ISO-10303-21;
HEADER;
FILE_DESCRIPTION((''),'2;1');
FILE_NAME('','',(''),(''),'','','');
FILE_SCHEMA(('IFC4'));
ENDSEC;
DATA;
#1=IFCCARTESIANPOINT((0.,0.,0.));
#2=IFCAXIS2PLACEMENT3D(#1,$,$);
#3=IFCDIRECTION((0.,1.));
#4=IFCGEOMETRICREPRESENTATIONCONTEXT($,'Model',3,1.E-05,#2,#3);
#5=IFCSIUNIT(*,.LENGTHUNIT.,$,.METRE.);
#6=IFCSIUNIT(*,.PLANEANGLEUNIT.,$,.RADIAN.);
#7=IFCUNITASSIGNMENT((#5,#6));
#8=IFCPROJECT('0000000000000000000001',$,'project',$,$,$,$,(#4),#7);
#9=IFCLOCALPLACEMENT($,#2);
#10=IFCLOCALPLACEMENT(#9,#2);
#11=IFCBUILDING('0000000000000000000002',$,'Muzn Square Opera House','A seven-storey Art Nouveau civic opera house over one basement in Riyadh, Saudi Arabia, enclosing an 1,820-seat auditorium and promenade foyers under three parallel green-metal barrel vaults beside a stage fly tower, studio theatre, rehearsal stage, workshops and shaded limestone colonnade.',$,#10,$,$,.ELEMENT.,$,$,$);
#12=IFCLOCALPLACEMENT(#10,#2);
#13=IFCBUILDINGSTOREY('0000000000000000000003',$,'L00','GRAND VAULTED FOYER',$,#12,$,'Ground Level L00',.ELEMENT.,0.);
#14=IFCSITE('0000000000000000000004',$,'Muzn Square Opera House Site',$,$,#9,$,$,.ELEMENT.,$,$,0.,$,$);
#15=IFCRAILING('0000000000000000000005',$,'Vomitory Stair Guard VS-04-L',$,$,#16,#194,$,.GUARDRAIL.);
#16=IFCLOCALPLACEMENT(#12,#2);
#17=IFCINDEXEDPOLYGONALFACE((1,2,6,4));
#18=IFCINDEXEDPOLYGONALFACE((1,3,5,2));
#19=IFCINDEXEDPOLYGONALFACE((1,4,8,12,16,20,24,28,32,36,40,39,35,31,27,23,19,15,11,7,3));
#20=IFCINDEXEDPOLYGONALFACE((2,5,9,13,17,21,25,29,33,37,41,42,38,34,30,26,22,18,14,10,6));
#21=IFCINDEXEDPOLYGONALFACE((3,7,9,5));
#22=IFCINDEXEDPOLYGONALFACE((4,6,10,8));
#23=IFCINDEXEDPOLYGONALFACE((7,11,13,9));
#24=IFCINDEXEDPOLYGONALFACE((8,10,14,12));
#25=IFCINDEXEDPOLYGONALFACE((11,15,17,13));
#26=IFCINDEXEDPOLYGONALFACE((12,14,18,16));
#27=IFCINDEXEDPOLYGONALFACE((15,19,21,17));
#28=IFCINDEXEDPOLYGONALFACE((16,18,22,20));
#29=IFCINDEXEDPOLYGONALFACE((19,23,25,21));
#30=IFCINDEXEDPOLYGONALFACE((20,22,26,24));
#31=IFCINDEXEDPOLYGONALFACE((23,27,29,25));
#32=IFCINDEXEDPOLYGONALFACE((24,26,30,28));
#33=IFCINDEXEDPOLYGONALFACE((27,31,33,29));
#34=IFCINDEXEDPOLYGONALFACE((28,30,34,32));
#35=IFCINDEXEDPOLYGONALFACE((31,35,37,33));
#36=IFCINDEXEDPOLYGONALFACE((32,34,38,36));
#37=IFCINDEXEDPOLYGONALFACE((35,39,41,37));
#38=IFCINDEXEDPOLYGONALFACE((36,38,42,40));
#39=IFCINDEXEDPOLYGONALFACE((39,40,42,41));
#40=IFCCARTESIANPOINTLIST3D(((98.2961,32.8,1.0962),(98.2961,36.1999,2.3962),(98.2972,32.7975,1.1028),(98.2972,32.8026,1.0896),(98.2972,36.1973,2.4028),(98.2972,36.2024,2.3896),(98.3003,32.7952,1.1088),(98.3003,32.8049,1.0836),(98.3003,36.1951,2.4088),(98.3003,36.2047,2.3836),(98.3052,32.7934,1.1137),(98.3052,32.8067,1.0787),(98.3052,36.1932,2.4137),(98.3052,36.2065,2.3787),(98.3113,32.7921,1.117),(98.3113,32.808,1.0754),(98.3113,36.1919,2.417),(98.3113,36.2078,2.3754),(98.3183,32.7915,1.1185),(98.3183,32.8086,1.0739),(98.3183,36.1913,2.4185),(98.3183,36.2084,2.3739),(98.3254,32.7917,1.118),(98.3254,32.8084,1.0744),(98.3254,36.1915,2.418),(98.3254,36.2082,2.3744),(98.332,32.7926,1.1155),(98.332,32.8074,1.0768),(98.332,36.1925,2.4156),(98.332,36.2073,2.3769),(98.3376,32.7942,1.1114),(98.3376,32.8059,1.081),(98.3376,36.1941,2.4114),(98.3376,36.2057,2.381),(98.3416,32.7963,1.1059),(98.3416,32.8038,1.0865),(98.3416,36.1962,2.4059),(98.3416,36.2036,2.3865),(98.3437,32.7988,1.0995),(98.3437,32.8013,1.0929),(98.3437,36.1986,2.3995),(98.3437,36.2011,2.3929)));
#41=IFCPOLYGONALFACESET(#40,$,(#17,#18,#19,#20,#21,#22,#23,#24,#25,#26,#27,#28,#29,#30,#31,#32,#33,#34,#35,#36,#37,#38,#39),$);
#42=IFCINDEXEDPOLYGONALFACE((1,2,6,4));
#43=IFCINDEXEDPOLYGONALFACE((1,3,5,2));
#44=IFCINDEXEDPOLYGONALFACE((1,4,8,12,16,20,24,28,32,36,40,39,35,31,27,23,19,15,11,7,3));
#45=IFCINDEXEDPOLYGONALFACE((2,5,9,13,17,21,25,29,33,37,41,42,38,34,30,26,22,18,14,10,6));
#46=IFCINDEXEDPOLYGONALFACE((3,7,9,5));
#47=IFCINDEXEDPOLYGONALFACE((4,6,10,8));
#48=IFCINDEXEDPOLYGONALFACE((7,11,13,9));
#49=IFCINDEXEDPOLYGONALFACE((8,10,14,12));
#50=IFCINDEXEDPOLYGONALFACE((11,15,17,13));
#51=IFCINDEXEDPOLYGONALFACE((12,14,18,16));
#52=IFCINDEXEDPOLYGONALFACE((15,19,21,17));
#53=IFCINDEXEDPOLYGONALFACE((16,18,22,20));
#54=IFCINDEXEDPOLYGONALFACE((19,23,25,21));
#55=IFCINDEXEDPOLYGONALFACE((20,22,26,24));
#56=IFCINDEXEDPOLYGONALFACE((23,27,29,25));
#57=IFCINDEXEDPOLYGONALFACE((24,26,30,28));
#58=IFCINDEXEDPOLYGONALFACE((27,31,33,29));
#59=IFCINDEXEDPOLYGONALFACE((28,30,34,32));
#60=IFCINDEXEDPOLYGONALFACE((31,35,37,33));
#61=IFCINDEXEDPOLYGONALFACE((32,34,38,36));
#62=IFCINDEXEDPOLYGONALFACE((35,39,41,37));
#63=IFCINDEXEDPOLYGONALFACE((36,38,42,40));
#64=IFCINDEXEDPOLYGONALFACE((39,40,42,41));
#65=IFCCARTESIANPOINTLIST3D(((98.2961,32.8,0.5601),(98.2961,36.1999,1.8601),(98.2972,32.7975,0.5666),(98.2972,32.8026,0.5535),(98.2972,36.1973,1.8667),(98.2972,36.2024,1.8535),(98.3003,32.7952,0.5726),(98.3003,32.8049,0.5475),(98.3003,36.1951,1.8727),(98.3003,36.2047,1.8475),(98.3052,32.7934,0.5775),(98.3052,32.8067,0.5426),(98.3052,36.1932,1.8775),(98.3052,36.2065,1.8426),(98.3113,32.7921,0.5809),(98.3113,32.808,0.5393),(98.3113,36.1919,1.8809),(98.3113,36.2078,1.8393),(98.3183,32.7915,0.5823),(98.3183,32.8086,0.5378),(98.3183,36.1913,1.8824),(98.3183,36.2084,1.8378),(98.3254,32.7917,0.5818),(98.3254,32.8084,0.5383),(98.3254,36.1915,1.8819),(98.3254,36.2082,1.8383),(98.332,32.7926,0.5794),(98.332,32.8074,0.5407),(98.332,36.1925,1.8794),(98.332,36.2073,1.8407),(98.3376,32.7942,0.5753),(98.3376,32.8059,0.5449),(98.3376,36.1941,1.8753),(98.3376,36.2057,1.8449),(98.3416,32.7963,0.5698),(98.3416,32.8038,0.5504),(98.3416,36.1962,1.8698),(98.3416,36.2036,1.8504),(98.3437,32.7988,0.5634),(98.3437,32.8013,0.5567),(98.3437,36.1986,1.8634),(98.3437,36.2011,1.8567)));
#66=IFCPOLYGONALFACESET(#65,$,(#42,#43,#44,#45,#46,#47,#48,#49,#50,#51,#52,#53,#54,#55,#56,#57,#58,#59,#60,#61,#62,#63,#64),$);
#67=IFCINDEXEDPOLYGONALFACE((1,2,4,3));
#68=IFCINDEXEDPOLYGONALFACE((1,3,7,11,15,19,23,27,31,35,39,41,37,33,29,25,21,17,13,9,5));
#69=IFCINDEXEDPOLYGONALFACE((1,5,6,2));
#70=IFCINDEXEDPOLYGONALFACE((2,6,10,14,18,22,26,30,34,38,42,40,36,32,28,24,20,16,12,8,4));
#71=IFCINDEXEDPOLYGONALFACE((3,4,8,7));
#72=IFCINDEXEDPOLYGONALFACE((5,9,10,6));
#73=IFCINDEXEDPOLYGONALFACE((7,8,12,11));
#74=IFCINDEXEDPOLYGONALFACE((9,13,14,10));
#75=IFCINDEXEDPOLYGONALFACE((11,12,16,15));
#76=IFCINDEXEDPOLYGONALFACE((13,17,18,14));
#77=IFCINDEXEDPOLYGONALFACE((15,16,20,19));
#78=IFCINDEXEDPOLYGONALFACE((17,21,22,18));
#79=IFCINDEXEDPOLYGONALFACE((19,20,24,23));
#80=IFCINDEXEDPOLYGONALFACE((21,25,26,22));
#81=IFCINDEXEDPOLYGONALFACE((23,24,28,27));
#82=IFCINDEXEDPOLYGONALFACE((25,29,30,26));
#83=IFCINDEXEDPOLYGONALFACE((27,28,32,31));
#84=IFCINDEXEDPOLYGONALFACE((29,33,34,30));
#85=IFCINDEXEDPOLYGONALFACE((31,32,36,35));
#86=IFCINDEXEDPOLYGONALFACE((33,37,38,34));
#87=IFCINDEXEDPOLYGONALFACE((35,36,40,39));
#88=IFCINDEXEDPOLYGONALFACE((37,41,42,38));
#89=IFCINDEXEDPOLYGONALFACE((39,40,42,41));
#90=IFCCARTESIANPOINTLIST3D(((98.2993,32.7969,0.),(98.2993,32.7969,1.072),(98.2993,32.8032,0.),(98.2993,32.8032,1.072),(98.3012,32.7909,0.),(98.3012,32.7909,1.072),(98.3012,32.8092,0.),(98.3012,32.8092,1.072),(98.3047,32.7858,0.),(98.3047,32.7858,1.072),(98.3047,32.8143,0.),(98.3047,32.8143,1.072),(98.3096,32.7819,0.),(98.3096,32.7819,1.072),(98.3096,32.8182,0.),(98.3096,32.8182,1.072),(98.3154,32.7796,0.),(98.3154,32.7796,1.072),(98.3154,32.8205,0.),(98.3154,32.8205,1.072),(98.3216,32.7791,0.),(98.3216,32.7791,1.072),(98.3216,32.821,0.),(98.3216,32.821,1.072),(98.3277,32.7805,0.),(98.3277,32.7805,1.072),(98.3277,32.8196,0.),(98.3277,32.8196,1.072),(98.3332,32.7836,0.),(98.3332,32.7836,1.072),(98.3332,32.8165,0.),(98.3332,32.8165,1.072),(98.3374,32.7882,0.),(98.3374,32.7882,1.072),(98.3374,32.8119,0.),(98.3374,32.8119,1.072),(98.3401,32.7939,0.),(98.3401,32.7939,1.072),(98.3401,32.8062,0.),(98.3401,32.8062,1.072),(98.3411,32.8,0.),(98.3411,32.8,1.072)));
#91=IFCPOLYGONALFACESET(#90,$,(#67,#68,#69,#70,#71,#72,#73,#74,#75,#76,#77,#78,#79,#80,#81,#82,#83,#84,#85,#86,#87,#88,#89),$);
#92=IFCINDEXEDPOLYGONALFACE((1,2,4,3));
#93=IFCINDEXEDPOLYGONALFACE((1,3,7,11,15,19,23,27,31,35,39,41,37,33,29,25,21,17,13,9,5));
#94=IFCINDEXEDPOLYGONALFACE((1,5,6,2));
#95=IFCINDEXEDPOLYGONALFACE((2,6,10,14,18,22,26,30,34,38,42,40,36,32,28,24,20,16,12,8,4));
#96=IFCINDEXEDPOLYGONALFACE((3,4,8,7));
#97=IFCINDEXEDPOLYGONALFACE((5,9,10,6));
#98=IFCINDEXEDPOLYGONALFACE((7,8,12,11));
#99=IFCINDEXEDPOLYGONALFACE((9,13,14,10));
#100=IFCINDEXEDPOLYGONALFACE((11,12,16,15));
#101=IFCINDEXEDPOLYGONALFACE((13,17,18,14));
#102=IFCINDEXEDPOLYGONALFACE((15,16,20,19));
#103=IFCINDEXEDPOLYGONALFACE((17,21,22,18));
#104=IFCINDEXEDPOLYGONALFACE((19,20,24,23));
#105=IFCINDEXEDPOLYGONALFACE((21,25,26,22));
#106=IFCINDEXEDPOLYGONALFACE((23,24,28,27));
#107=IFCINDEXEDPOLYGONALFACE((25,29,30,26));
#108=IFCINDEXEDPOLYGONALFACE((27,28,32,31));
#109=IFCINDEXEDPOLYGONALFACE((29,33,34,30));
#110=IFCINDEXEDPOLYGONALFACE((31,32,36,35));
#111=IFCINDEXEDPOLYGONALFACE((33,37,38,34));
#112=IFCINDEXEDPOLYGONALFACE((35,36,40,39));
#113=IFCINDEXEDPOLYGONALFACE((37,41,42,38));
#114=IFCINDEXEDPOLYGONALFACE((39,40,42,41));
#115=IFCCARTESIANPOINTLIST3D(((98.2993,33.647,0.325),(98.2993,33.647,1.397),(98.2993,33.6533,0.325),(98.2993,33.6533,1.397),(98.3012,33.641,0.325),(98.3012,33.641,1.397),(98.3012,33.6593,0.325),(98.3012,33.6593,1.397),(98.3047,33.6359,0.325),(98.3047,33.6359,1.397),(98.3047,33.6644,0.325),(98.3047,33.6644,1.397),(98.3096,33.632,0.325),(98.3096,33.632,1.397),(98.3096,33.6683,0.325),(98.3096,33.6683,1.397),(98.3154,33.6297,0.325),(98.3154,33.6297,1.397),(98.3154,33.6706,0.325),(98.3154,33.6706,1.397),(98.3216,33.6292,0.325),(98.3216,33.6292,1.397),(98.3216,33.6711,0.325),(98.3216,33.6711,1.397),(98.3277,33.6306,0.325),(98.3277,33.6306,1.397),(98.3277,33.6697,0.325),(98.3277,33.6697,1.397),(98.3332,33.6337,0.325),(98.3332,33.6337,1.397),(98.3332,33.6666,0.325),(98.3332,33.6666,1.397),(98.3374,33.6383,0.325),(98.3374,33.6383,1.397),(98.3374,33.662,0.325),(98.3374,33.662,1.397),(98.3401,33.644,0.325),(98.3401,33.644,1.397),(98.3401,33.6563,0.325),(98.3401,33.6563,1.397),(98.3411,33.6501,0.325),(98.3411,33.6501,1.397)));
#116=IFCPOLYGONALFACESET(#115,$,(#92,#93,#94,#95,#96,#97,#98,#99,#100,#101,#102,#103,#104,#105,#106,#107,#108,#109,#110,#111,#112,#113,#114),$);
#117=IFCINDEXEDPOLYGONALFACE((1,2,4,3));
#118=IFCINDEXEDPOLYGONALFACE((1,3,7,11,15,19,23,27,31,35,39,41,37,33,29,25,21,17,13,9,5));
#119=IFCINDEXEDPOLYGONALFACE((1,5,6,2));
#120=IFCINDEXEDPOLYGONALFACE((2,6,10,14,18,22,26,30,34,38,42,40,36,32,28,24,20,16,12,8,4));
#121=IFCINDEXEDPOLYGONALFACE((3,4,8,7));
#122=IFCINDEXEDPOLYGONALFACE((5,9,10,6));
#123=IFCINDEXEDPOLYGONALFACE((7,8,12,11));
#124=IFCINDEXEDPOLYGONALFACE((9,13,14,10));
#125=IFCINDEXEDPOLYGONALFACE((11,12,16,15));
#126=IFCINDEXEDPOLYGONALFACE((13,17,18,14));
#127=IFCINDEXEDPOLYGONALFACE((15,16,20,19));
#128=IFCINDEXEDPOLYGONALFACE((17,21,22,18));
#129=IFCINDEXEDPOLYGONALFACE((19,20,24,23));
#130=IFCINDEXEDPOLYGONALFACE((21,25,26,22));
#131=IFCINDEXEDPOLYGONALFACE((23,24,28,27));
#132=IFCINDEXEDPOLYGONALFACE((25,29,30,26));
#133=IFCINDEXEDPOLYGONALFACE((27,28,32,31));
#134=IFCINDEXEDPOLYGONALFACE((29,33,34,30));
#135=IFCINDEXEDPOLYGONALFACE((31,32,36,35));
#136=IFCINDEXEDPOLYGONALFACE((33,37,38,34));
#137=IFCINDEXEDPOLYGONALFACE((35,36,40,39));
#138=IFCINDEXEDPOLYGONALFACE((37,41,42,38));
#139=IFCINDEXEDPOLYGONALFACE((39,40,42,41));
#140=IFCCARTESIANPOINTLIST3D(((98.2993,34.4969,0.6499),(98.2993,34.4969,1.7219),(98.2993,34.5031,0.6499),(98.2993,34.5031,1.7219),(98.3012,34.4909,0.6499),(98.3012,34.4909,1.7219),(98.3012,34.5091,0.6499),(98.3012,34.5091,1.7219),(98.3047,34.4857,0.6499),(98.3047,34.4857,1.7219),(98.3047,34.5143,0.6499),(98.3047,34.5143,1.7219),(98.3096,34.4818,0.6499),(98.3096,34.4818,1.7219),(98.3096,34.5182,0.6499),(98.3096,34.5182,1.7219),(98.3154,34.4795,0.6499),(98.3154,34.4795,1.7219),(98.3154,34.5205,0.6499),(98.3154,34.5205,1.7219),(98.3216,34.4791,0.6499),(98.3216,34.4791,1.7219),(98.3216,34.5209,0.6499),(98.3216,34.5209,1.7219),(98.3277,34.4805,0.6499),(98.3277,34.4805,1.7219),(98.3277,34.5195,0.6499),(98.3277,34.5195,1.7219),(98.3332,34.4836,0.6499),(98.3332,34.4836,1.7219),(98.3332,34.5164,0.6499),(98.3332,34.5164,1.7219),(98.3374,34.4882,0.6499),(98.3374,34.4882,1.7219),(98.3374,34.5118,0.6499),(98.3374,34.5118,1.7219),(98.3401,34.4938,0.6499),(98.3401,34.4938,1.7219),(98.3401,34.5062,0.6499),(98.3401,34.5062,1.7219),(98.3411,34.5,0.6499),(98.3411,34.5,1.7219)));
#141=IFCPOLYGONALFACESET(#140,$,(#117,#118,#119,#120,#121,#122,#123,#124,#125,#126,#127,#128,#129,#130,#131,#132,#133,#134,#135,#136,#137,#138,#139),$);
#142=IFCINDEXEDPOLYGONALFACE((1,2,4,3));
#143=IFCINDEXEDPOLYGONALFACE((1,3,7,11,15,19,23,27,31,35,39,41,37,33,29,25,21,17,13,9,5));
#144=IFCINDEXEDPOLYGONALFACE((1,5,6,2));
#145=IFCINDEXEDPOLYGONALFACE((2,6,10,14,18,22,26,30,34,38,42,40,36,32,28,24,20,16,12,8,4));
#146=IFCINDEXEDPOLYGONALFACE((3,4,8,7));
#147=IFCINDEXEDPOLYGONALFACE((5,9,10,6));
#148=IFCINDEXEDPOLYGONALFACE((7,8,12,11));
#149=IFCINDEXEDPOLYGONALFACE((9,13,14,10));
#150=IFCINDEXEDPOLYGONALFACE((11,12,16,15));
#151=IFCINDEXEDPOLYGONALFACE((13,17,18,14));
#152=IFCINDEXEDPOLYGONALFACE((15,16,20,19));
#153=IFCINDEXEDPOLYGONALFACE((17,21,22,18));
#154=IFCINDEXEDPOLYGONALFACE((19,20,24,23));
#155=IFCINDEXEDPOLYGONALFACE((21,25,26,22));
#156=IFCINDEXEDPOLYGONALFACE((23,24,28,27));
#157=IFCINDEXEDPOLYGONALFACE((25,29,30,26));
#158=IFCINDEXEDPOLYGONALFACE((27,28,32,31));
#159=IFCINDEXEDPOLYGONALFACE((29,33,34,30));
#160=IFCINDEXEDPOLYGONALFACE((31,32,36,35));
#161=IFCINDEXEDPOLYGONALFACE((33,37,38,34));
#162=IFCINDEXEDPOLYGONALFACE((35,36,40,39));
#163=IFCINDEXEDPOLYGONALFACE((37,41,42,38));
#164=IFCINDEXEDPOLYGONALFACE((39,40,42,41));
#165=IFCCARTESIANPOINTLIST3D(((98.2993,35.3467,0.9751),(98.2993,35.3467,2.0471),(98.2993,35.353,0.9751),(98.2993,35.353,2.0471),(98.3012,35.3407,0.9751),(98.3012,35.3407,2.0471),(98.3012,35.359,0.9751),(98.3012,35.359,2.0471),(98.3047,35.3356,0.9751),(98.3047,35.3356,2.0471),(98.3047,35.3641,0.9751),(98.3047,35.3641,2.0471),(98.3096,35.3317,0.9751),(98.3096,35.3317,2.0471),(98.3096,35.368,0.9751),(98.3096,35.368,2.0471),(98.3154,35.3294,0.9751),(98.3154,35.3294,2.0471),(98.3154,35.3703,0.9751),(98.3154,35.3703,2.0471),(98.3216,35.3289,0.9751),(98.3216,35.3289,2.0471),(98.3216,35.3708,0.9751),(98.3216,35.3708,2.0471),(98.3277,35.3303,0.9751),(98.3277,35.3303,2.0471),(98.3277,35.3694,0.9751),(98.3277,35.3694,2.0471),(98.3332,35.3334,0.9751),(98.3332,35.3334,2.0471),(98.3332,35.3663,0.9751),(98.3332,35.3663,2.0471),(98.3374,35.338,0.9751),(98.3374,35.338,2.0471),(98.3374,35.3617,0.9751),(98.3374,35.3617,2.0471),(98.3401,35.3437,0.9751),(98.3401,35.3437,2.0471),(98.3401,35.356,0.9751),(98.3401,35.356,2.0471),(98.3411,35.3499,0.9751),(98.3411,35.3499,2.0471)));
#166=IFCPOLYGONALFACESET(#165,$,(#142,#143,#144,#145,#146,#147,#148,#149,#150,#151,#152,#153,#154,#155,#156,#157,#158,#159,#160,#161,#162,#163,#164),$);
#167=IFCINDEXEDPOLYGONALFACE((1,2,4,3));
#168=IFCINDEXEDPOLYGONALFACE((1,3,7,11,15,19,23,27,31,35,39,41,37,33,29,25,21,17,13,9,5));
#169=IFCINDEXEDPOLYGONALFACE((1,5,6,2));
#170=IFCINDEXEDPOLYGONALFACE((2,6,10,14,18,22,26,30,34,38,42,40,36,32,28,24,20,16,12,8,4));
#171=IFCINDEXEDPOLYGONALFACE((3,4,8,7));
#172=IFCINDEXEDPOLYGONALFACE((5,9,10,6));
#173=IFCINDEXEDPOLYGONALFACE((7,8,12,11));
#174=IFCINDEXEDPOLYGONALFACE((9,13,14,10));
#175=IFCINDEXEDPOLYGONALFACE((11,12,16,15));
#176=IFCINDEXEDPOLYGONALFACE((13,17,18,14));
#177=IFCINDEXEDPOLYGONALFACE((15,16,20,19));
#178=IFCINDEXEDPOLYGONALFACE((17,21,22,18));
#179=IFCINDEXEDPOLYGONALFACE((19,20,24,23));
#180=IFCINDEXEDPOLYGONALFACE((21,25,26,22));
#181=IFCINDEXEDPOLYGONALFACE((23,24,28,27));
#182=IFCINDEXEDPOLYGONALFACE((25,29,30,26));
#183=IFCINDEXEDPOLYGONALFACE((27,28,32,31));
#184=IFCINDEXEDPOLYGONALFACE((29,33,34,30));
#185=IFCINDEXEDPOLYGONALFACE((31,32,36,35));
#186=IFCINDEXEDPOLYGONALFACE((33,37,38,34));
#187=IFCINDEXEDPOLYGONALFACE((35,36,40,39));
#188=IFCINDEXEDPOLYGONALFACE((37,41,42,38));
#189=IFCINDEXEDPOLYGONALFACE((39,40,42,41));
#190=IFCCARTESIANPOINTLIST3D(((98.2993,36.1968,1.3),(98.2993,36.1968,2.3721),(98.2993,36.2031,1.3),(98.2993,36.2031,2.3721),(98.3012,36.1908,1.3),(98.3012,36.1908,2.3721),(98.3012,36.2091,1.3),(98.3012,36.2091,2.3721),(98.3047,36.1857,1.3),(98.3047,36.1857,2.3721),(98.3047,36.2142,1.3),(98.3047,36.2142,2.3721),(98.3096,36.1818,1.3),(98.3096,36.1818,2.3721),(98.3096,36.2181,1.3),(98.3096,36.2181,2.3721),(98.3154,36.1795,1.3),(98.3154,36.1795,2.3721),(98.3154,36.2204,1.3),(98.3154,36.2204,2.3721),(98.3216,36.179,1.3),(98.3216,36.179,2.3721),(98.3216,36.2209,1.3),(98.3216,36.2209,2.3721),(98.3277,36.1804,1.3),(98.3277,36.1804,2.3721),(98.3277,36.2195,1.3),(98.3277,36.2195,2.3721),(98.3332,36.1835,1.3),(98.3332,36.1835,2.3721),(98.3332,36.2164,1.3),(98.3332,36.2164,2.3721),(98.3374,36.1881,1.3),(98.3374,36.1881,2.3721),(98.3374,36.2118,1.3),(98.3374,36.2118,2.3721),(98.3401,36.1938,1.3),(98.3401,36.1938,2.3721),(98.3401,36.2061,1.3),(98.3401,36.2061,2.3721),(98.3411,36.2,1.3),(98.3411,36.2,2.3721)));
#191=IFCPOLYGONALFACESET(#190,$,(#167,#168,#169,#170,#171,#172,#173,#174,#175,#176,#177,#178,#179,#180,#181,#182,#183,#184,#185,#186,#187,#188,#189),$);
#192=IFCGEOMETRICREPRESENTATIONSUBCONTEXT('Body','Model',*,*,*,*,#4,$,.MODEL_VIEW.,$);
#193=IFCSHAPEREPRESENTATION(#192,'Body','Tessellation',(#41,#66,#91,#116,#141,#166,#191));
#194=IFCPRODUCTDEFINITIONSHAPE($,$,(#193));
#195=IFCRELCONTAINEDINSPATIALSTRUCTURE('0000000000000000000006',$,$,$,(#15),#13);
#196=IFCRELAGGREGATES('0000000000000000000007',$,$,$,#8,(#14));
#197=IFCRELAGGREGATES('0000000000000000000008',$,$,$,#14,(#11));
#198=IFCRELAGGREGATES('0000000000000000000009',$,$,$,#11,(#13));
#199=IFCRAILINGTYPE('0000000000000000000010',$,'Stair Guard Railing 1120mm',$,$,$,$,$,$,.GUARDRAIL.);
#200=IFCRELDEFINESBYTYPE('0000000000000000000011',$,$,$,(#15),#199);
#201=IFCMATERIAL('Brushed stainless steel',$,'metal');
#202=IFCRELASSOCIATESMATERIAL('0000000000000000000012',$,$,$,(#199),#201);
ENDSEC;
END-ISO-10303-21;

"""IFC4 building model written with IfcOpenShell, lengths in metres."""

from ifc_helpers import new_model, si_unit, direction, frame, origin, origin_2d, place, context, subcontext, project, spatial, circle, extrude, material, type_object, element, save


model = new_model("IFC4")

# Units and contexts
model_context = context("Model", 3, precision=1e-05, world=origin(), true_north=direction((0.0, 1.0)))
body_context = subcontext(model_context, "Body", "Model", "MODEL_VIEW")
ifc_project = project(units=[si_unit("LENGTHUNIT", "METRE"), si_unit("PLANEANGLEUNIT", "RADIAN")], contexts=[model_context])

# Site, building, storey
site_placement = place(None, origin())
site = spatial("IfcSite", under=ifc_project, at=site_placement, Name="Muzn Square Opera House Site", CompositionType="ELEMENT", RefElevation=0.0)
building_placement = place(site_placement, origin())
building = spatial("IfcBuilding", under=site, at=building_placement, Name="Muzn Square Opera House", Description="A seven-storey Art Nouveau civic opera house over one basement in Riyadh, Saudi Arabia, enclosing an 1,820-seat auditorium and promenade foyers under three parallel green-metal barrel vaults beside a stage fly tower, studio theatre, rehearsal stage, workshops and shaded limestone colonnade.", CompositionType="ELEMENT")
storey_placement = place(building_placement, origin())
storey = spatial("IfcBuildingStorey", under=building, at=storey_placement, Name="L00", Description="GRAND VAULTED FOYER", LongName="Ground Level L00", CompositionType="ELEMENT", Elevation=0.0)

# Railing
ifc_material_1 = material(Name="Brushed stainless steel", Category="metal")
railing_type_1 = type_object("IfcRailingType", Name="Stair Guard Railing 1120mm", PredefinedType="GUARDRAIL", material=ifc_material_1)
for number, where, name in (
    (1, (98.3201, 32.8, 0.0), "Vomitory Stair Guard VS-04-L"),
):
    element("IfcRailing", number, at=place(storey_placement, frame(where)), inside=storey, type_object=railing_type_1, Name=name, PredefinedType="GUARDRAIL", context=body_context, shape_type="SweptSolid", body=[
        extrude(circle(Radius=0.0239, at=origin_2d()), frame((0.0, 0.0, 1.0962), z_axis=(0.0, 0.934044, 0.357158), x_axis=(-1.0, 0.0, 0.0)), (0.0, 0.0, 1.0), 3.6399),
        extrude(circle(Radius=0.0239, at=origin_2d()), frame((0.0, 0.0, 0.5601), z_axis=(0.0, 0.934044, 0.357158), x_axis=(-1.0, 0.0, 0.0)), (0.0, 0.0, 1.0), 3.6399),
        extrude(circle(Radius=0.021, at=origin_2d()), origin(), (0.0, 0.0, 1.0), 1.072),
        extrude(circle(Radius=0.021, at=origin_2d()), frame((0.0, 0.8501, 0.325)), (0.0, 0.0, 1.0), 1.072),
        extrude(circle(Radius=0.021, at=origin_2d()), frame((0.0, 1.7, 0.6499)), (0.0, 0.0, 1.0), 1.072),
        extrude(circle(Radius=0.021, at=origin_2d()), frame((0.0, 2.5498, 0.9751)), (0.0, 0.0, 1.0), 1.072),
        extrude(circle(Radius=0.021, at=origin_2d()), frame((0.0, 3.3999, 1.3)), (0.0, 0.0, 1.0), 1.072),
    ])

save(model, "model.ifc")
